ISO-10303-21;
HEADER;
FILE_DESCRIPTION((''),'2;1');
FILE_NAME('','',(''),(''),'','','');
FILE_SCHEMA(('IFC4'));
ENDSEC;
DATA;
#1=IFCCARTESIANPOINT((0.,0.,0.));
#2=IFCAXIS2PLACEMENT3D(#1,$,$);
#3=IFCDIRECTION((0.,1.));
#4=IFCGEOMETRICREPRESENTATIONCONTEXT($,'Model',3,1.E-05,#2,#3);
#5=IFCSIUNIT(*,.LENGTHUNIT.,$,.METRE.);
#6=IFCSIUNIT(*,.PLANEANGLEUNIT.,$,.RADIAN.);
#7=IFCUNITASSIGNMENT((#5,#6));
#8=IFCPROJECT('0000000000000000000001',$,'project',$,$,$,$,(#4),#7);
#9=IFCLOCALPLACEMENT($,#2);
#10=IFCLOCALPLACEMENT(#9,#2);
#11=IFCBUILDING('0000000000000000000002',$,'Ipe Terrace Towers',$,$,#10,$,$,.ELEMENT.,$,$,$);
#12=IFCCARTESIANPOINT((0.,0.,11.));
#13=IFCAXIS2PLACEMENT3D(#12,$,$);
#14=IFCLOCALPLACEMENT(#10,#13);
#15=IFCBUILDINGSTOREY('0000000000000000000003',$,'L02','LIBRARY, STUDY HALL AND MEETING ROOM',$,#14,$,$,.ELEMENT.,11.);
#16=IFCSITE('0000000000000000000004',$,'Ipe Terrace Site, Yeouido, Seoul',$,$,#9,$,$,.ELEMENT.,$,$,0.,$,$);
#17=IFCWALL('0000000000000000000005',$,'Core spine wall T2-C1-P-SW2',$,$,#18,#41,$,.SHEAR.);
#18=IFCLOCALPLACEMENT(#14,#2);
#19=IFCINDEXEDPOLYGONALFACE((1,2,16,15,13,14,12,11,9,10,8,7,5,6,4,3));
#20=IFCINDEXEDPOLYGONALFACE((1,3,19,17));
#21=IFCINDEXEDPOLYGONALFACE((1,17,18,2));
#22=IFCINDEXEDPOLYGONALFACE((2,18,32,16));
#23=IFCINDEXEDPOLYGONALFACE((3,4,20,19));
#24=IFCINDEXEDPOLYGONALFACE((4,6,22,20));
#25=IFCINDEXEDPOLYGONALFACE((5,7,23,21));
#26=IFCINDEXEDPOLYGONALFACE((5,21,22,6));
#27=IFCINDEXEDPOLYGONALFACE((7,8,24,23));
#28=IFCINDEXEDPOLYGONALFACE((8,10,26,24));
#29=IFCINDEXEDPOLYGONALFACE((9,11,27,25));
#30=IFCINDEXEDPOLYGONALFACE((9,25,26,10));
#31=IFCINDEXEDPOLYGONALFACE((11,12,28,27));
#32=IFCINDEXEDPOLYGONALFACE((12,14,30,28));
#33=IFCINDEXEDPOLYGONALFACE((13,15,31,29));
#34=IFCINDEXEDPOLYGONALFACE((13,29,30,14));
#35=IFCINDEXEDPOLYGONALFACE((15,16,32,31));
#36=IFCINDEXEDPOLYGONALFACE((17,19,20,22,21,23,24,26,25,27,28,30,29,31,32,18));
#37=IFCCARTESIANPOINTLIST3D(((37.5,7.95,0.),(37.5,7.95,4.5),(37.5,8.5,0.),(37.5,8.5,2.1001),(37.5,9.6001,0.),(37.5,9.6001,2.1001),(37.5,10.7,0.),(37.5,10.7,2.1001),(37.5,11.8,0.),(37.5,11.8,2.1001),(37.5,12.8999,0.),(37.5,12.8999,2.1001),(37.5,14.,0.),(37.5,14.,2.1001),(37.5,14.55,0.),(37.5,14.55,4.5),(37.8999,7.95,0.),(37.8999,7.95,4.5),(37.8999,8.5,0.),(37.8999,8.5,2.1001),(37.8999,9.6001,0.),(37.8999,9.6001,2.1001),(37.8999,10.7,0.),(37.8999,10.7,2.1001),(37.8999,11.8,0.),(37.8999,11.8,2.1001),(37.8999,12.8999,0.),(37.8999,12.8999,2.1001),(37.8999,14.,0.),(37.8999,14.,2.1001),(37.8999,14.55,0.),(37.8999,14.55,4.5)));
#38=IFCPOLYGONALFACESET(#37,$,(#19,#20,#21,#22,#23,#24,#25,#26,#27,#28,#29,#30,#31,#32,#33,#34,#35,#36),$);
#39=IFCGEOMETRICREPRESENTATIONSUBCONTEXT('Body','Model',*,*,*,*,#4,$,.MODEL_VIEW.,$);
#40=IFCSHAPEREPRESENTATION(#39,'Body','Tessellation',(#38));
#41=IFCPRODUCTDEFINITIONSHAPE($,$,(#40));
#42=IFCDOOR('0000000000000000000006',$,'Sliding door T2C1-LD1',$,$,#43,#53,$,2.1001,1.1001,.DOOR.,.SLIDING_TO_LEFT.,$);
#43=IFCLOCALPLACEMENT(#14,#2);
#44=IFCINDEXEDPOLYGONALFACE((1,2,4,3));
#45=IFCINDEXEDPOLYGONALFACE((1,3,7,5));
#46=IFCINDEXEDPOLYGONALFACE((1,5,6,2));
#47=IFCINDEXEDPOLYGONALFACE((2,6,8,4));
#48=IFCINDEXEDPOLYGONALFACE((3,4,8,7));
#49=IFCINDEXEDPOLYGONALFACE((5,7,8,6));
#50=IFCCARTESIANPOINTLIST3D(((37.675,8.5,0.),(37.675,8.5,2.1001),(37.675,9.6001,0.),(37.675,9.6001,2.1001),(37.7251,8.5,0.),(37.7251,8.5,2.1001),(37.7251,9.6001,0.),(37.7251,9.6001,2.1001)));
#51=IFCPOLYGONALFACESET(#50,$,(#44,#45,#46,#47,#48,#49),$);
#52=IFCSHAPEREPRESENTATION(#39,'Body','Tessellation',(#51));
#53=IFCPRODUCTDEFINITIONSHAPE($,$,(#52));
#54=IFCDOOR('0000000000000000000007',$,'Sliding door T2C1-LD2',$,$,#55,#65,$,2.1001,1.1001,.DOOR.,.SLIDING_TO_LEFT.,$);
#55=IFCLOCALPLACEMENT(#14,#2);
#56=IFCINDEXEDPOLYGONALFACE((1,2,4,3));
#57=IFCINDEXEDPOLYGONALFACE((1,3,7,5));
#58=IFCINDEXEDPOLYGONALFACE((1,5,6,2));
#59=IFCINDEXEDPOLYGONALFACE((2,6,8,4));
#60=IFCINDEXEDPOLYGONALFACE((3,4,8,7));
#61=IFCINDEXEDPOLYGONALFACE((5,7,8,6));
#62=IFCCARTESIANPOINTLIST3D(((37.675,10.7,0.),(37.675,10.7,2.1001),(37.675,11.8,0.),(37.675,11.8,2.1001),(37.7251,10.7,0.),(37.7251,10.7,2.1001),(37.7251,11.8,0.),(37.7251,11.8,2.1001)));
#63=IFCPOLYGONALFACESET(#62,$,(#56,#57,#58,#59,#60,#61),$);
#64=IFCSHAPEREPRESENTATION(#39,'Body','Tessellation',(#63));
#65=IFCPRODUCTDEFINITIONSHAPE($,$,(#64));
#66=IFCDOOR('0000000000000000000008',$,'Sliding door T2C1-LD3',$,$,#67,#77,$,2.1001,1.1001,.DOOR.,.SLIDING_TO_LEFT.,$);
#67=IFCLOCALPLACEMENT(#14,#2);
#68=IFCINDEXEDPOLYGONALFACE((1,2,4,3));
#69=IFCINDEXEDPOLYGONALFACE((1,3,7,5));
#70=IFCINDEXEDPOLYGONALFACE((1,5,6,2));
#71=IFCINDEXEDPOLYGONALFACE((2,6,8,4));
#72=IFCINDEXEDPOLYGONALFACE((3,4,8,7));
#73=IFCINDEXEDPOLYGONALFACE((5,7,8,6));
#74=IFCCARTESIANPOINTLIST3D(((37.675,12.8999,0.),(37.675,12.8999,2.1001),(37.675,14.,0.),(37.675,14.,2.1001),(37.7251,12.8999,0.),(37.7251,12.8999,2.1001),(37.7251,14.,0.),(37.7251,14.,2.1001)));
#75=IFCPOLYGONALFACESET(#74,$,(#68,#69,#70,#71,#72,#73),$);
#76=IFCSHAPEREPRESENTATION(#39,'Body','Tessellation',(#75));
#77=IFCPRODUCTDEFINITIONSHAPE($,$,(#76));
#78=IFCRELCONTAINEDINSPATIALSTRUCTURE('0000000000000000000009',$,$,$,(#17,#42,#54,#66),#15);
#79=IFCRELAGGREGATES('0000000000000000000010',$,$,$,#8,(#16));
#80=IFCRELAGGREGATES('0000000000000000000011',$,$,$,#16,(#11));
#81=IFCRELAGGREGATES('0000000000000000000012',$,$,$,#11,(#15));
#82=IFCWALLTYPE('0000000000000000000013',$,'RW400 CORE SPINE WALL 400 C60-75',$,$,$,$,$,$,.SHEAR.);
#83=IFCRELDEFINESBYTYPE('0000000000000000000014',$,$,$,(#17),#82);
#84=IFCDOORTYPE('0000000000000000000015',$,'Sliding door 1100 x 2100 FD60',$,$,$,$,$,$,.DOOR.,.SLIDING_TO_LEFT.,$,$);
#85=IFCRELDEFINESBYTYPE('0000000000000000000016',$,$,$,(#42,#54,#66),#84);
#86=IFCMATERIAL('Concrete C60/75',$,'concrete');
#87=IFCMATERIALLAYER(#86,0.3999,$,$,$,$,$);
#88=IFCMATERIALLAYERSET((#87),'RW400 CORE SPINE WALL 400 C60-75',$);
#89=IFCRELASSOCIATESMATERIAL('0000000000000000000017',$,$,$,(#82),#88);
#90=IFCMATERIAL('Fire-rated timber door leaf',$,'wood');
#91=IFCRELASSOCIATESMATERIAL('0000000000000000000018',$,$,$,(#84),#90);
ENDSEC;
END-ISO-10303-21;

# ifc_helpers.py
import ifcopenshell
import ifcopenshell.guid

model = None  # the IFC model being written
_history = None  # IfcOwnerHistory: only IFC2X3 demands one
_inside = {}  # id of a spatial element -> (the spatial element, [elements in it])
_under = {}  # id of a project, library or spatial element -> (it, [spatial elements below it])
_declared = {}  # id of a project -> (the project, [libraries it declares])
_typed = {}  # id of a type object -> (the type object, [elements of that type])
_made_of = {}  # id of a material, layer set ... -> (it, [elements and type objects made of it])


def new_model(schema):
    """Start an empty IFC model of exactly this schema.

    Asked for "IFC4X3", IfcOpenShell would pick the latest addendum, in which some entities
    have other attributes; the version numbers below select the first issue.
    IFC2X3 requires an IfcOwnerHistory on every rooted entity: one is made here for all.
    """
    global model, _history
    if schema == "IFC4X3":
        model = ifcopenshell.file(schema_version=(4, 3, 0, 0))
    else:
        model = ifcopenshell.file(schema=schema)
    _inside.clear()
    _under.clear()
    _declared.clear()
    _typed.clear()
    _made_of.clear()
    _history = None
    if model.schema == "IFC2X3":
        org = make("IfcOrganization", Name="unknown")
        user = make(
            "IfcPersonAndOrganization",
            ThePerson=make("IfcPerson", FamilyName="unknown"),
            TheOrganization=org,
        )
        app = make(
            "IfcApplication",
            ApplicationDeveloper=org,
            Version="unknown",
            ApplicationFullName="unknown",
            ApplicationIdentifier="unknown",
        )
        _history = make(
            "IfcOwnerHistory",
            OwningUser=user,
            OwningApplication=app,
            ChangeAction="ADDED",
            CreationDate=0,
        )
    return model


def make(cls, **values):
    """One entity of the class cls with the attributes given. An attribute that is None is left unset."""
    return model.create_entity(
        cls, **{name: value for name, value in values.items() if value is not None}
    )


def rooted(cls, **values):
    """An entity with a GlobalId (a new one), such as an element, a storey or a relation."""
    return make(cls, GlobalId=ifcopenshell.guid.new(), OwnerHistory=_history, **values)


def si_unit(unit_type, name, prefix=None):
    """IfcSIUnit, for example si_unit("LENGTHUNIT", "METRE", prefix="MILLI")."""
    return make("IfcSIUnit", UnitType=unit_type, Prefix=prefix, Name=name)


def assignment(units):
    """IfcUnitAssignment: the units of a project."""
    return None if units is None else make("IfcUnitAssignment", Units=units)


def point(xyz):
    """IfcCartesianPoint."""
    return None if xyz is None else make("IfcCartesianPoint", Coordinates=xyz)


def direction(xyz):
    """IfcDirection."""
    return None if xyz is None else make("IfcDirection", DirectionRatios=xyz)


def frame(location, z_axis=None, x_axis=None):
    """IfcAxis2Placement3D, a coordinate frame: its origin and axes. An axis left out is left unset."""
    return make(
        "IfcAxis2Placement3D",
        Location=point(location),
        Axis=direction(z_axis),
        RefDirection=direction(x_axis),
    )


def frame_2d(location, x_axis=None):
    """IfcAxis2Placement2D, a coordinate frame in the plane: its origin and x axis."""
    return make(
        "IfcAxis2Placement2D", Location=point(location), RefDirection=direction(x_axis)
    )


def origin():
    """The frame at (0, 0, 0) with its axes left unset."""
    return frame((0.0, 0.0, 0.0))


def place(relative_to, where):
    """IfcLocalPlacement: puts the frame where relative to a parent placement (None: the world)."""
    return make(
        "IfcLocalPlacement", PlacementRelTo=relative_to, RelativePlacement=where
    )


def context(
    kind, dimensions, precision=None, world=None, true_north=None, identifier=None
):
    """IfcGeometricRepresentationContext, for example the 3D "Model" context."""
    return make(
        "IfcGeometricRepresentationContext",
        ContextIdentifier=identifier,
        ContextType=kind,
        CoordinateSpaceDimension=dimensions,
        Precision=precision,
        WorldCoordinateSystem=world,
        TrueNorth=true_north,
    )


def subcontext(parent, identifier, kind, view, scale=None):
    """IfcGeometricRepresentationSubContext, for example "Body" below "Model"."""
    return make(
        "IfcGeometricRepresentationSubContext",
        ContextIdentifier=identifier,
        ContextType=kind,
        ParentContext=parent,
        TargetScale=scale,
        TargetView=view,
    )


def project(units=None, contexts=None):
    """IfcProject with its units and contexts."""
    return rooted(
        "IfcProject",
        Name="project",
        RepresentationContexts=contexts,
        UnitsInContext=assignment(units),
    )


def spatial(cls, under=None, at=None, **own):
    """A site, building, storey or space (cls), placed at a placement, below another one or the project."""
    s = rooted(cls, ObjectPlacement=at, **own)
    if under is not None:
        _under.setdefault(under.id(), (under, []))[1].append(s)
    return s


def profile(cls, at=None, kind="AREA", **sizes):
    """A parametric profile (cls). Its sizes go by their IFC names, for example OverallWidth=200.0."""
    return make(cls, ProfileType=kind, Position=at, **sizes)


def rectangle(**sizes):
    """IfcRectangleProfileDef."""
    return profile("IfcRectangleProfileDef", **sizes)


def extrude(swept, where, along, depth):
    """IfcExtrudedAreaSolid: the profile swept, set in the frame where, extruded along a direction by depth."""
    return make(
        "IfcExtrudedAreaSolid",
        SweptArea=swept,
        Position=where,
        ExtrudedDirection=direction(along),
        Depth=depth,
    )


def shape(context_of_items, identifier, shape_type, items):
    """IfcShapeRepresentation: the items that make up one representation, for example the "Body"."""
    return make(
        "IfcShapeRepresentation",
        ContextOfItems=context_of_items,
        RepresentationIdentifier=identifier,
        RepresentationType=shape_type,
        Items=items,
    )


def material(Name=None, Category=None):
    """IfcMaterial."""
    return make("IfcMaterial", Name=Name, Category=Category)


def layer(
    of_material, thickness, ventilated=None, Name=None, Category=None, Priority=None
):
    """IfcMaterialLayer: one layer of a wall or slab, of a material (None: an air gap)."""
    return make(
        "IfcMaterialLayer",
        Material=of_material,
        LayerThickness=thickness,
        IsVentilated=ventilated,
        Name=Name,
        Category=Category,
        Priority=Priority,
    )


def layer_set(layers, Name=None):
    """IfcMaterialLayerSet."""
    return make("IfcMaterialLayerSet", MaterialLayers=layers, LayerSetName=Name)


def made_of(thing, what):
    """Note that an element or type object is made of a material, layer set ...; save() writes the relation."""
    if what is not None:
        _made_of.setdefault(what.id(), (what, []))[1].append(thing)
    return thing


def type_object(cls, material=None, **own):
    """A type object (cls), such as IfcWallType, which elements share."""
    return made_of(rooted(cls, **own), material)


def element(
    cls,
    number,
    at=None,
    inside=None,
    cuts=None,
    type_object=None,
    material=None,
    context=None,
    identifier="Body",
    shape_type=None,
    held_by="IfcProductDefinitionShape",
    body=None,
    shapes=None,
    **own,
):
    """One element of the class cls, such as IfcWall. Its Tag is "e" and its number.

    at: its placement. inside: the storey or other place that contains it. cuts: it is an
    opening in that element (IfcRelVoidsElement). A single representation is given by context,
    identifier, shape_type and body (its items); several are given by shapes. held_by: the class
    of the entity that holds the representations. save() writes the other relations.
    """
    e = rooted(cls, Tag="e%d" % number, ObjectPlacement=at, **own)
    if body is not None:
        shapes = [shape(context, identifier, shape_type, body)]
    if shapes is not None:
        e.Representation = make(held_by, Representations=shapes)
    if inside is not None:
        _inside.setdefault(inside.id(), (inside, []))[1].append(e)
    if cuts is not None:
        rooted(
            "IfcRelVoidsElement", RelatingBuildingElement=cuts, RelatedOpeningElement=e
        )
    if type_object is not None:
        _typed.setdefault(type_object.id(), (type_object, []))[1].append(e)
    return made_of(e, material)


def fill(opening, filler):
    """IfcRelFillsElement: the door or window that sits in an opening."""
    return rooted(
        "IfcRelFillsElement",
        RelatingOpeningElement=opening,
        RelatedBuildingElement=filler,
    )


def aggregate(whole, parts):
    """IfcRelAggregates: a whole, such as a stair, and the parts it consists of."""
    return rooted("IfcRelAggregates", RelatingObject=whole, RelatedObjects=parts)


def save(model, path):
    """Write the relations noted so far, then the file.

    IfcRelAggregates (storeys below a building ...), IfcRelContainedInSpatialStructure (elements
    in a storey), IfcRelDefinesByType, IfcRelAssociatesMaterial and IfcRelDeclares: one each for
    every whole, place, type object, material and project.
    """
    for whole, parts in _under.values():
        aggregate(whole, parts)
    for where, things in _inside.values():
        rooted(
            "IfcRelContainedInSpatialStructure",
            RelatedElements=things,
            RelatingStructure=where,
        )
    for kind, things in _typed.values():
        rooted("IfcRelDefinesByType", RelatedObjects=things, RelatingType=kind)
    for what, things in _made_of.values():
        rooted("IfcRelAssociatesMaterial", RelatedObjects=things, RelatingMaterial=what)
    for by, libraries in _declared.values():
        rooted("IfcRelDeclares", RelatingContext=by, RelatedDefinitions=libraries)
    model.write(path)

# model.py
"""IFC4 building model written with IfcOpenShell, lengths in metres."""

from ifc_helpers import new_model, si_unit, direction, frame, frame_2d, origin, place, context, subcontext, project, spatial, rectangle, extrude, material, layer, layer_set, type_object, element, fill, save


model = new_model("IFC4")

# Units and contexts
model_context = context("Model", 3, precision=1e-05, world=origin(), true_north=direction((0.0, 1.0)))
body_context = subcontext(model_context, "Body", "Model", "MODEL_VIEW")
ifc_project = project(units=[si_unit("LENGTHUNIT", "METRE"), si_unit("PLANEANGLEUNIT", "RADIAN")], contexts=[model_context])

# Site, building, storey
site_placement = place(None, origin())
site = spatial("IfcSite", under=ifc_project, at=site_placement, Name="Ipe Terrace Site, Yeouido, Seoul", CompositionType="ELEMENT", RefElevation=0.0)
building_placement = place(site_placement, origin())
building = spatial("IfcBuilding", under=site, at=building_placement, Name="Ipe Terrace Towers", CompositionType="ELEMENT")
storey_placement = place(building_placement, frame((0.0, 0.0, 11.0)))
storey = spatial("IfcBuildingStorey", under=building, at=storey_placement, Name="L02", Description="LIBRARY, STUDY HALL AND MEETING ROOM", CompositionType="ELEMENT", Elevation=11.0)

# Shared definitions
ifc_material_1 = material(Name="Concrete C60/75", Category="concrete")
ifc_layer_1 = layer(ifc_material_1, 0.3999)
ifc_layer_set_1 = layer_set([ifc_layer_1], Name="RW400 CORE SPINE WALL 400 C60-75")
wall_type_1 = type_object("IfcWallType", Name="RW400 CORE SPINE WALL 400 C60-75", PredefinedType="SHEAR", material=ifc_layer_set_1)

# Wall, openings, doors
wall_1_placement = place(storey_placement, frame((37.7, 7.95, 0.0), z_axis=(0.0, 0.0, 1.0), x_axis=(0.0, 1.0, 0.0)))
wall_1 = element("IfcWall", 1, at=wall_1_placement, inside=storey, type_object=wall_type_1, Name="Core spine wall T2-C1-P-SW2", PredefinedType="SHEAR", context=body_context, shape_type="SweptSolid", body=[
    extrude(rectangle(XDim=6.6001, YDim=0.3999, at=frame_2d((3.3, 0.0))), origin(), (0.0, 0.0, 1.0), 4.5),
])
opening_1_placement = place(wall_1_placement, frame((0.55, 0.0, 0.0)))
opening_1 = element("IfcOpeningElement", 2, at=opening_1_placement, cuts=wall_1, PredefinedType="OPENING", context=body_context, shape_type="SweptSolid", body=[
    extrude(rectangle(XDim=1.1001, YDim=2.1001, at=frame_2d((0.55, 1.05))), frame((0.0, 0.21, 0.0), z_axis=(0.0, -1.0, 0.0), x_axis=(1.0, 0.0, 0.0)), (0.0, 0.0, 1.0), 0.4199),
])
opening_2_placement = place(wall_1_placement, frame((2.75, 0.0, 0.0)))
opening_2 = element("IfcOpeningElement", 3, at=opening_2_placement, cuts=wall_1, PredefinedType="OPENING", context=body_context, shape_type="SweptSolid", body=[
    extrude(rectangle(XDim=1.1001, YDim=2.1001, at=frame_2d((0.55, 1.05))), frame((0.0, 0.21, 0.0), z_axis=(0.0, -1.0, 0.0), x_axis=(1.0, 0.0, 0.0)), (0.0, 0.0, 1.0), 0.4199),
])
opening_3_placement = place(wall_1_placement, frame((4.95, 0.0, 0.0)))
opening_3 = element("IfcOpeningElement", 4, at=opening_3_placement, cuts=wall_1, PredefinedType="OPENING", context=body_context, shape_type="SweptSolid", body=[
    extrude(rectangle(XDim=1.1001, YDim=2.1001, at=frame_2d((0.55, 1.05))), frame((0.0, 0.21, 0.0), z_axis=(0.0, -1.0, 0.0), x_axis=(1.0, 0.0, 0.0)), (0.0, 0.0, 1.0), 0.4199),
])
ifc_material_2 = material(Name="Fire-rated timber door leaf", Category="wood")
door_type_1 = type_object("IfcDoorType", Name="Sliding door 1100 x 2100 FD60", OperationType="SLIDING_TO_LEFT", PredefinedType="DOOR", material=ifc_material_2)
door_1_placement = place(opening_1_placement, origin())
door_1 = element("IfcDoor", 5, at=door_1_placement, inside=storey, type_object=door_type_1, Name="Sliding door T2C1-LD1", OperationType="SLIDING_TO_LEFT", OverallHeight=2.1001, OverallWidth=1.1001, PredefinedType="DOOR", context=body_context, shape_type="SweptSolid", body=[
    extrude(rectangle(XDim=1.1001, YDim=2.1001, at=frame_2d((0.55, 1.05))), frame((0.0, 0.0249, 0.0), z_axis=(0.0, -1.0, 0.0), x_axis=(1.0, 0.0, 0.0)), (0.0, 0.0, 1.0), 0.05),
])
fill(opening_1, door_1)
door_2_placement = place(opening_2_placement, origin())
door_2 = element("IfcDoor", 6, at=door_2_placement, inside=storey, type_object=door_type_1, Name="Sliding door T2C1-LD2", OperationType="SLIDING_TO_LEFT", OverallHeight=2.1001, OverallWidth=1.1001, PredefinedType="DOOR", context=body_context, shape_type="SweptSolid", body=[
    extrude(rectangle(XDim=1.1001, YDim=2.1001, at=frame_2d((0.55, 1.05))), frame((0.0, 0.0249, 0.0), z_axis=(0.0, -1.0, 0.0), x_axis=(1.0, 0.0, 0.0)), (0.0, 0.0, 1.0), 0.05),
])
fill(opening_2, door_2)
door_3_placement = place(opening_3_placement, origin())
door_3 = element("IfcDoor", 7, at=door_3_placement, inside=storey, type_object=door_type_1, Name="Sliding door T2C1-LD3", OperationType="SLIDING_TO_LEFT", OverallHeight=2.1001, OverallWidth=1.1001, PredefinedType="DOOR", context=body_context, shape_type="SweptSolid", body=[
    extrude(rectangle(XDim=1.1001, YDim=2.1001, at=frame_2d((0.55, 1.05))), frame((0.0, 0.0249, 0.0), z_axis=(0.0, -1.0, 0.0), x_axis=(1.0, 0.0, 0.0)), (0.0, 0.0, 1.0), 0.05),
])
fill(opening_3, door_3)

save(model, "model.ifc")
